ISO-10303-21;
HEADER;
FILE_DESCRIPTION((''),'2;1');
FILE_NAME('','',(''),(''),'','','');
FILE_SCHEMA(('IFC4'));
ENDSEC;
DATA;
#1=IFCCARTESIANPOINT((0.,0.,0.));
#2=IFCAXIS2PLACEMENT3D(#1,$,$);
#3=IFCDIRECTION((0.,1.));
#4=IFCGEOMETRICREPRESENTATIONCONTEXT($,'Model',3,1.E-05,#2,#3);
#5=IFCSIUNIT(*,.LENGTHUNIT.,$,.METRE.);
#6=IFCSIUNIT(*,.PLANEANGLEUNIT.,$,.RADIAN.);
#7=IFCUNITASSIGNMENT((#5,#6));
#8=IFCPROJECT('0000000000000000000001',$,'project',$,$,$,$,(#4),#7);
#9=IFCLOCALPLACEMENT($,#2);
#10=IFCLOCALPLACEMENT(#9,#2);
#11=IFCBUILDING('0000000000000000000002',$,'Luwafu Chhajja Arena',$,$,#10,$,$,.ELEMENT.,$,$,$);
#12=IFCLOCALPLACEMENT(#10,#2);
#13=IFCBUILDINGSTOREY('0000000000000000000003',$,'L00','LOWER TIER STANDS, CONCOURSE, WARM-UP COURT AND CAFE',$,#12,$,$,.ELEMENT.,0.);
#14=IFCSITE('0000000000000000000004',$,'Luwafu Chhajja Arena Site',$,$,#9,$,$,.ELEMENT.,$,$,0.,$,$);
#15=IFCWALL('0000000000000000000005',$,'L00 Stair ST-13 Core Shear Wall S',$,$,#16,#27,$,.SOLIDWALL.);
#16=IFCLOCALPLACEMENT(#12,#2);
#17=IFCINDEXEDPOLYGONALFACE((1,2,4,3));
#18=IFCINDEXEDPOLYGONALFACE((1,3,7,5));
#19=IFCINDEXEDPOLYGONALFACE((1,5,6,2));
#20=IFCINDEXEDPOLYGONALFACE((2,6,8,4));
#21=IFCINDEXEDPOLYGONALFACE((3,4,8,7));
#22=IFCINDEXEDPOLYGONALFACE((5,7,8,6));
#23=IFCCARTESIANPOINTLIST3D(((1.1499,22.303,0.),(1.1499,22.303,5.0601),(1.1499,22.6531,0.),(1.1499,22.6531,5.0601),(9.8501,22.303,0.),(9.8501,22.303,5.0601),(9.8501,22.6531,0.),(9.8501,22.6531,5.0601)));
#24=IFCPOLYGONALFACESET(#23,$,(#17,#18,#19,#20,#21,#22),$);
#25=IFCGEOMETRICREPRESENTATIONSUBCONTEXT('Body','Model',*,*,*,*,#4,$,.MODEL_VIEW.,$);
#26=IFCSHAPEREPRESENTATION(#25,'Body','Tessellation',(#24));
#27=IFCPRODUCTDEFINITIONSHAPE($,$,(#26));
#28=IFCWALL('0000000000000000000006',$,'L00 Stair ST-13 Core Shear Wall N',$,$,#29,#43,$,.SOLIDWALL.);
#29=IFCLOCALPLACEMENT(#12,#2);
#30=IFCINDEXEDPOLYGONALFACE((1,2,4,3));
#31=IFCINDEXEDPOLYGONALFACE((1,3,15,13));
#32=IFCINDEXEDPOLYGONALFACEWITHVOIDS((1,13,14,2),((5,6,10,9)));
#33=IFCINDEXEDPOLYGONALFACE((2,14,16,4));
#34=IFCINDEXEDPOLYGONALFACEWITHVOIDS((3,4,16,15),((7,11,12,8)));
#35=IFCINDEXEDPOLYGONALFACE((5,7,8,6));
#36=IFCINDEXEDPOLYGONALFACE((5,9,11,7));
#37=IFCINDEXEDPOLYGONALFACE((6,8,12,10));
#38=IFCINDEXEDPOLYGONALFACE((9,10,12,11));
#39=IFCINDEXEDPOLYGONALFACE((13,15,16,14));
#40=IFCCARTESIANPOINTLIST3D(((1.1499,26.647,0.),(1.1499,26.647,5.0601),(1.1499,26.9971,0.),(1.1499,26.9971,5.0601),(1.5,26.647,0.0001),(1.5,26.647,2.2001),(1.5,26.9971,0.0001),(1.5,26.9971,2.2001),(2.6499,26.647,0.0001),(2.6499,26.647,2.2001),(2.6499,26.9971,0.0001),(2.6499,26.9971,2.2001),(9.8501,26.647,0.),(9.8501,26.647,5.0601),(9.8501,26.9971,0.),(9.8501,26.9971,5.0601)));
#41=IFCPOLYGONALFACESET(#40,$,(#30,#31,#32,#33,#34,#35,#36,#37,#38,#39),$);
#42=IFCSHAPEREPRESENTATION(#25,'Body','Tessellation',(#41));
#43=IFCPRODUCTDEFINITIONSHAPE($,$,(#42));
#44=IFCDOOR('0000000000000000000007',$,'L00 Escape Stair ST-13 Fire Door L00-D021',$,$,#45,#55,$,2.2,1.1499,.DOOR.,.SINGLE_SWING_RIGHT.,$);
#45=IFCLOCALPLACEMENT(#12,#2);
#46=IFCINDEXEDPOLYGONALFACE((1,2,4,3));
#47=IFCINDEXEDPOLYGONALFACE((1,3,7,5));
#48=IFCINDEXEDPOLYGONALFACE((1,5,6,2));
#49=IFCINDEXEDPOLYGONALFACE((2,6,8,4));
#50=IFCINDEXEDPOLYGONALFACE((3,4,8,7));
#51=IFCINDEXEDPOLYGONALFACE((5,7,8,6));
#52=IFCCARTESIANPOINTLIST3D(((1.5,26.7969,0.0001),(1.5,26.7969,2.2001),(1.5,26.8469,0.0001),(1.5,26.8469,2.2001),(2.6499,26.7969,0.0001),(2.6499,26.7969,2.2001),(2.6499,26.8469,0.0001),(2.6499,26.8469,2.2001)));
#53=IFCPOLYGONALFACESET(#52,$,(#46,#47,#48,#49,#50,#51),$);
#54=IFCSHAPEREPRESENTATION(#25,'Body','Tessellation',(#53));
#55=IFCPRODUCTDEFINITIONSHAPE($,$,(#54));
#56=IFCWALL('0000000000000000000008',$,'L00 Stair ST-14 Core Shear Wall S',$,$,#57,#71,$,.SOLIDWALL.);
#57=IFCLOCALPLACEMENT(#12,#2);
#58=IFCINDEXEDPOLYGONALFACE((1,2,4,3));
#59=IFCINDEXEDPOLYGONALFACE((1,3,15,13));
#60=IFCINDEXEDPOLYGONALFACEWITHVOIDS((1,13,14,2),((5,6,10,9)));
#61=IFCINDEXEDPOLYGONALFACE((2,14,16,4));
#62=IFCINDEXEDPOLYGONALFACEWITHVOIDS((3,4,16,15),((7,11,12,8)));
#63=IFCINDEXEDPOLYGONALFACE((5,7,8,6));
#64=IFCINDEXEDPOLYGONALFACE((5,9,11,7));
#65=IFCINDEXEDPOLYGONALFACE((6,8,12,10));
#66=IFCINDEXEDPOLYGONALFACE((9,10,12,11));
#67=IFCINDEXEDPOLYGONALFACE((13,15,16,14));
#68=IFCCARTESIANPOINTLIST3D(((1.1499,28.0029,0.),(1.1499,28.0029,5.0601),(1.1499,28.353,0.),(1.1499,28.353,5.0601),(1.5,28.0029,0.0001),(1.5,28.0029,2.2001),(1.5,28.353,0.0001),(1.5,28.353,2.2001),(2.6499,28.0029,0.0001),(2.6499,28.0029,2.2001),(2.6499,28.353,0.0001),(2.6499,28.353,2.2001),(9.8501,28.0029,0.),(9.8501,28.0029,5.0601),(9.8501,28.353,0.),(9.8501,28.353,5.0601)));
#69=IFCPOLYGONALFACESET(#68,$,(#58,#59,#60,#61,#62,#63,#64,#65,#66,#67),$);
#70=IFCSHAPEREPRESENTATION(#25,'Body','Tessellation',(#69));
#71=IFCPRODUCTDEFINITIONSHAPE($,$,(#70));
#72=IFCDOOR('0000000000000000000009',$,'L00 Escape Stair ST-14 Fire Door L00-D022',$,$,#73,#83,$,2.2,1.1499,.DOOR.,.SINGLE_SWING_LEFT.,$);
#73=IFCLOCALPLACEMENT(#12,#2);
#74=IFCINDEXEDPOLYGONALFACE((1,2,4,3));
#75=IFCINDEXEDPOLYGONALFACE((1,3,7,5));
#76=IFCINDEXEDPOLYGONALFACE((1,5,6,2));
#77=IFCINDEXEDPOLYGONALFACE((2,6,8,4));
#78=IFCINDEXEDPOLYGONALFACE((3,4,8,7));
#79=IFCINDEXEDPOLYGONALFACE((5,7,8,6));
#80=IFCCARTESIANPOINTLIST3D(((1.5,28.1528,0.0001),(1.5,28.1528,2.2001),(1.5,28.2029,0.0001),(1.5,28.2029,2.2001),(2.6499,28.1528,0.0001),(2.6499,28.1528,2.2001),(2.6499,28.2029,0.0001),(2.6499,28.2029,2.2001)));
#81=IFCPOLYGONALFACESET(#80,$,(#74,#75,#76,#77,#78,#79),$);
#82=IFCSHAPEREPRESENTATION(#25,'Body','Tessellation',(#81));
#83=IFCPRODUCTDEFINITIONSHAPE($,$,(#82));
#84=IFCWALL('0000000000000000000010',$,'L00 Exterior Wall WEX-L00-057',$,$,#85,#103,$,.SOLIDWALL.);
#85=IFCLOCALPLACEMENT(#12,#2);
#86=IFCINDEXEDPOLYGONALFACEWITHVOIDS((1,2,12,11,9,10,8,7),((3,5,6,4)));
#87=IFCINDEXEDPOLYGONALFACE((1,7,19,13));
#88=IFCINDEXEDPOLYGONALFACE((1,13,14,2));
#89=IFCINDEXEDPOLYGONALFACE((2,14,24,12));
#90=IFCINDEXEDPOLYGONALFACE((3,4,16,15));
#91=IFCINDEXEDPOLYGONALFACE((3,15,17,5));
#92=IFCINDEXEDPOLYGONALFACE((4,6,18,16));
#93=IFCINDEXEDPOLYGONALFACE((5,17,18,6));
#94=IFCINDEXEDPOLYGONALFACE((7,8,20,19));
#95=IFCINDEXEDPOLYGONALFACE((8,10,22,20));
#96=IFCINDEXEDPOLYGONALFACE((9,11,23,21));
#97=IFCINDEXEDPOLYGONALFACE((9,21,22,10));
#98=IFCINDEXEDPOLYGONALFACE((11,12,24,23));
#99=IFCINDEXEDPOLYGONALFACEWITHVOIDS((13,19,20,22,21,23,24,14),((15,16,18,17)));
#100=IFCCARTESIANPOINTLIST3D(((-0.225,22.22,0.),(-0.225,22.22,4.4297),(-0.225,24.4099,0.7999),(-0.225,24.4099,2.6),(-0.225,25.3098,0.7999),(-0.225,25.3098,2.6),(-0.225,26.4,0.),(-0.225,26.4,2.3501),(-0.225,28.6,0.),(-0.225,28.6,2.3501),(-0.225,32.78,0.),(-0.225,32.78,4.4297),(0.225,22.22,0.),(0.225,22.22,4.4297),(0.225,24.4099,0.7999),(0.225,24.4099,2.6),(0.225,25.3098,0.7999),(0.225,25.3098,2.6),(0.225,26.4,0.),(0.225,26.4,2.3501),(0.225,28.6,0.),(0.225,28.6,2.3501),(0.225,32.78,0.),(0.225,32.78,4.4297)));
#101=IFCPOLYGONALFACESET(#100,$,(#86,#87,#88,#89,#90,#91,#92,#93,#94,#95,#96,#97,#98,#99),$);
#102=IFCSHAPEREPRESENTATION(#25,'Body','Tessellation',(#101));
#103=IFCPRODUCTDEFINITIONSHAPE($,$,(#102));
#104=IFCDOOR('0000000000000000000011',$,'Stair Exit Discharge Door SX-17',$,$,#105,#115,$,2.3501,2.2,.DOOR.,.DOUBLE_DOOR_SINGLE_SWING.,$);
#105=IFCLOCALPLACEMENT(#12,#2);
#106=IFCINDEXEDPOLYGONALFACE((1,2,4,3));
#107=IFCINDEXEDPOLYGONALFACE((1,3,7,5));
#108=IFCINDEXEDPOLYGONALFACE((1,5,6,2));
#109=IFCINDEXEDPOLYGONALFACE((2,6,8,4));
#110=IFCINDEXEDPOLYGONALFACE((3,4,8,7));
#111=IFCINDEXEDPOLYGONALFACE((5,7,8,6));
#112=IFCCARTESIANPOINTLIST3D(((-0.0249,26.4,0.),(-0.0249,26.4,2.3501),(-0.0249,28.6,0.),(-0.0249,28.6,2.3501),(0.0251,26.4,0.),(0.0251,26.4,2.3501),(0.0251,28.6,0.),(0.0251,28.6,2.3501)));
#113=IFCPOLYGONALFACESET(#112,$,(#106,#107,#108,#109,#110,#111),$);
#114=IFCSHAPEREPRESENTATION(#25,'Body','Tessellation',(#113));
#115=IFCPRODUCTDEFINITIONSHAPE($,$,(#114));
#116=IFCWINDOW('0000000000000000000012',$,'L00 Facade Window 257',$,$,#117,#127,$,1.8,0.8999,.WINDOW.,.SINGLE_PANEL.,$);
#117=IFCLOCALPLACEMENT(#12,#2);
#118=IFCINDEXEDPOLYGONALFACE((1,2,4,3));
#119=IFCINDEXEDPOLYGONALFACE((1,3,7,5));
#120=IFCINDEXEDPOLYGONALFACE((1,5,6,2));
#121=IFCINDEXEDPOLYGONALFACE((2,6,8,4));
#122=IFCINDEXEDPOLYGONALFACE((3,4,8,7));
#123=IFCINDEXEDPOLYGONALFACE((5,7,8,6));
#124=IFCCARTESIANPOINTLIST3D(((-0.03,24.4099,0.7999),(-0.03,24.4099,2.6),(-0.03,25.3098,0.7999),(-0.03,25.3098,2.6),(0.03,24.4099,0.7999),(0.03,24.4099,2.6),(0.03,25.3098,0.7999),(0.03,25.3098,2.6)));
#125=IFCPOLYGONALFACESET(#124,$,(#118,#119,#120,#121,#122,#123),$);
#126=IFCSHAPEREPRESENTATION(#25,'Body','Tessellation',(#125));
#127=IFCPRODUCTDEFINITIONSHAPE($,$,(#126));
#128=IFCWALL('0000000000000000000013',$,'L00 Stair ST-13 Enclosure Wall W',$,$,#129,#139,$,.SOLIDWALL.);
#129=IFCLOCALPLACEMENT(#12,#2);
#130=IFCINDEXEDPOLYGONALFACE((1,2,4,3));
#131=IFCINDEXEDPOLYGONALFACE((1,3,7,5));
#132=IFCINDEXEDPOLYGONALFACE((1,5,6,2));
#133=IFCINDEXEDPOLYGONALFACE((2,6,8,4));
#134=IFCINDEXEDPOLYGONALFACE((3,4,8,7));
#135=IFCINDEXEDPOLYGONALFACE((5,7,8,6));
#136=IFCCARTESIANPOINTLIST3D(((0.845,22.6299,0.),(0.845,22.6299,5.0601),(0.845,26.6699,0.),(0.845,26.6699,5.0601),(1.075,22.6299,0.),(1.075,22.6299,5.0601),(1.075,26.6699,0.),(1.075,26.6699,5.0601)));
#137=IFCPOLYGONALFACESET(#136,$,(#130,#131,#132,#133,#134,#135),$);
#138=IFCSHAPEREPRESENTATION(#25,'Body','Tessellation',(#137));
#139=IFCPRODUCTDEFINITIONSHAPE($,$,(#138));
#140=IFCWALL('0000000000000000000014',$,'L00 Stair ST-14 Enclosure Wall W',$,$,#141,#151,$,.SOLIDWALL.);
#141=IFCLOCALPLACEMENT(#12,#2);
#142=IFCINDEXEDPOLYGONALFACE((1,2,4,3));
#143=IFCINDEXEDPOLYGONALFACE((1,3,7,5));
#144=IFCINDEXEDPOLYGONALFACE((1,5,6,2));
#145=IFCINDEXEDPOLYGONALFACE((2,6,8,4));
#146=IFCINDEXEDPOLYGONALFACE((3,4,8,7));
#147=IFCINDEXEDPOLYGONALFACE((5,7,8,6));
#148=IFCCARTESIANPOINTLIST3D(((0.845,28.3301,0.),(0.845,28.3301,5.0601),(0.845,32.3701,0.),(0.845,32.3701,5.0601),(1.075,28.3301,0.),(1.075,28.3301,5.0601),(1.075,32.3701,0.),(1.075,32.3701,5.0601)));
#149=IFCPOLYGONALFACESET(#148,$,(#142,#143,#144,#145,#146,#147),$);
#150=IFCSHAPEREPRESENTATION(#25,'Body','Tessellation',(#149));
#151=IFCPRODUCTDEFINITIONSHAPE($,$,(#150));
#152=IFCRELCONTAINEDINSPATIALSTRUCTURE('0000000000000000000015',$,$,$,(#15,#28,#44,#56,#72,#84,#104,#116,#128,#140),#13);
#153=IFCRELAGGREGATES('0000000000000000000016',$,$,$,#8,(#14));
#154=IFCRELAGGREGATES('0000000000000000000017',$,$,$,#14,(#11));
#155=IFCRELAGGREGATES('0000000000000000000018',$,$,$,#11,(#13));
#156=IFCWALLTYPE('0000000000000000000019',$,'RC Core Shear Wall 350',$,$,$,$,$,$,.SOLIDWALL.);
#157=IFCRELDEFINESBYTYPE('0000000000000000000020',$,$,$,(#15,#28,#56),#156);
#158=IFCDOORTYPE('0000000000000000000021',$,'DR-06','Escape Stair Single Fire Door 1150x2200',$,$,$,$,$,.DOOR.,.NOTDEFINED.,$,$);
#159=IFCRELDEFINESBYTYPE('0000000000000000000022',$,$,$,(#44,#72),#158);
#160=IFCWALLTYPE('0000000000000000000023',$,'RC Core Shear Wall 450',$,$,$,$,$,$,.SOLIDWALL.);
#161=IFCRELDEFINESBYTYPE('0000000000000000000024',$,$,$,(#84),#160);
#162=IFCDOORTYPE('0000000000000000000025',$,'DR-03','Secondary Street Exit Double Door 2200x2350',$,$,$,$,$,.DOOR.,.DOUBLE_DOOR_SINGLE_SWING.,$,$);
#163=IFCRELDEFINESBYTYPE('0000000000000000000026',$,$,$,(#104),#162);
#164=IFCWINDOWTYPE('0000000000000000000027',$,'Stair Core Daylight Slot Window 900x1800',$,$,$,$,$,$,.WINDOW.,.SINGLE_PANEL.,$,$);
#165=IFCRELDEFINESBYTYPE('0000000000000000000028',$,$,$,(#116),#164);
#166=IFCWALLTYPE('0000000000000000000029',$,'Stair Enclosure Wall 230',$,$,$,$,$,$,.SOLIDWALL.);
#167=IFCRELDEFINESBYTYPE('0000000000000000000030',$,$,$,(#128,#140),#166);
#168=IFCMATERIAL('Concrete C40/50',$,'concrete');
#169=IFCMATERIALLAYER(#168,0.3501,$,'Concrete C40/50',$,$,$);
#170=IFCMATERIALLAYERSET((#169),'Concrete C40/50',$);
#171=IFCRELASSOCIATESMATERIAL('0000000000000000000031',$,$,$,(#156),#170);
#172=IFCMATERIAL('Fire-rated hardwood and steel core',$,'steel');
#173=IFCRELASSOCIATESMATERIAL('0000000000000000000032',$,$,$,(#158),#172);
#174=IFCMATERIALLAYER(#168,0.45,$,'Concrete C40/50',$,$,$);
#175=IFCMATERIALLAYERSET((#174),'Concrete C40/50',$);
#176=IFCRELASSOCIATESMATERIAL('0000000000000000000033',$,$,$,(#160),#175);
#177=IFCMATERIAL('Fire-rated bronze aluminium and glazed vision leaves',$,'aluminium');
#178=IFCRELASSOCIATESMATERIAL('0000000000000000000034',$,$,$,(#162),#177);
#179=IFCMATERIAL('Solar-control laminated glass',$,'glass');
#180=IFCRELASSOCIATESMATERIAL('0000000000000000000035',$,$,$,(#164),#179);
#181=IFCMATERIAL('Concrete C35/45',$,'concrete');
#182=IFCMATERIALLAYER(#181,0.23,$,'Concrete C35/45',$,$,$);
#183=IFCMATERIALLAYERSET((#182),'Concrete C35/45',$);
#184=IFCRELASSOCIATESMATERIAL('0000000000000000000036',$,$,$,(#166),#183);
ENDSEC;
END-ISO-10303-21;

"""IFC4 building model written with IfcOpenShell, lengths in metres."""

from ifc_helpers import new_model, si_unit, direction, frame, frame_2d, origin, place, context, subcontext, project, spatial, rectangle, extrude, material, layer, layer_set, type_object, element, fill, save


model = new_model("IFC4")

# Units and contexts
model_context = context("Model", 3, precision=1e-05, world=origin(), true_north=direction((0.0, 1.0)))
body_context = subcontext(model_context, "Body", "Model", "MODEL_VIEW")
ifc_project = project(units=[si_unit("LENGTHUNIT", "METRE"), si_unit("PLANEANGLEUNIT", "RADIAN")], contexts=[model_context])

# Site, building, storey
site_placement = place(None, origin())
site = spatial("IfcSite", under=ifc_project, at=site_placement, Name="Luwafu Chhajja Arena Site", CompositionType="ELEMENT", RefElevation=0.0)
building_placement = place(site_placement, origin())
building = spatial("IfcBuilding", under=site, at=building_placement, Name="Luwafu Chhajja Arena", CompositionType="ELEMENT")
storey_placement = place(building_placement, origin())
storey = spatial("IfcBuildingStorey", under=building, at=storey_placement, Name="L00", Description="LOWER TIER STANDS, CONCOURSE, WARM-UP COURT AND CAFE", CompositionType="ELEMENT", Elevation=0.0)

# Wall
ifc_material_1 = material(Name="Concrete C40/50", Category="concrete")
ifc_layer_1 = layer(ifc_material_1, 0.3501, Name="Concrete C40/50")
ifc_layer_set_1 = layer_set([ifc_layer_1], Name="Concrete C40/50")
wall_type_1 = type_object("IfcWallType", Name="RC Core Shear Wall 350", PredefinedType="SOLIDWALL", material=ifc_layer_set_1)
wall_1_placement = place(storey_placement, frame((1.1499, 22.478, 0.0), z_axis=(0.0, 0.0, 1.0), x_axis=(1.0, 0.0, 0.0)))
element("IfcWall", 1, at=wall_1_placement, inside=storey, type_object=wall_type_1, Name="L00 Stair ST-13 Core Shear Wall S", PredefinedType="SOLIDWALL", context=body_context, shape_type="SweptSolid", body=[
    extrude(rectangle(XDim=8.7002, YDim=0.3501, at=frame_2d((4.3501, 0.0))), origin(), (0.0, 0.0, 1.0), 5.0601),
])

# Walls, openings, doors
wall_2_placement = place(storey_placement, frame((1.1499, 26.822, 0.0), z_axis=(0.0, 0.0, 1.0), x_axis=(1.0, 0.0, 0.0)))
wall_2 = element("IfcWall", 2, at=wall_2_placement, inside=storey, type_object=wall_type_1, Name="L00 Stair ST-13 Core Shear Wall N", PredefinedType="SOLIDWALL", context=body_context, shape_type="SweptSolid", body=[
    extrude(rectangle(XDim=8.7002, YDim=0.3501, at=frame_2d((4.3501, 0.0))), origin(), (0.0, 0.0, 1.0), 5.0601),
])
opening_1_placement = place(wall_2_placement, frame((0.3501, 0.0, 0.0)))
opening_1 = element("IfcOpeningElement", 3, at=opening_1_placement, cuts=wall_2, PredefinedType="OPENING", context=body_context, shape_type="SweptSolid", body=[
    extrude(rectangle(XDim=1.1499, YDim=2.2, at=frame_2d((0.575, 1.1001))), frame((0.0, 0.1851, 0.0), z_axis=(0.0, -1.0, 0.0), x_axis=(1.0, 0.0, 0.0)), (0.0, 0.0, 1.0), 0.3701),
])
ifc_material_2 = material(Name="Fire-rated hardwood and steel core", Category="steel")
door_type_1 = type_object("IfcDoorType", Name="DR-06", Description="Escape Stair Single Fire Door 1150x2200", OperationType="NOTDEFINED", PredefinedType="DOOR", material=ifc_material_2)
door_1_placement = place(opening_1_placement, origin())
door_1 = element("IfcDoor", 4, at=door_1_placement, inside=storey, type_object=door_type_1, Name="L00 Escape Stair ST-13 Fire Door L00-D021", OperationType="SINGLE_SWING_RIGHT", OverallHeight=2.2, OverallWidth=1.1499, PredefinedType="DOOR", context=body_context, shape_type="SweptSolid", body=[
    extrude(rectangle(XDim=1.1499, YDim=2.2, at=frame_2d((0.575, 1.1001))), frame((0.0, 0.0249, 0.0), z_axis=(0.0, -1.0, 0.0), x_axis=(1.0, 0.0, 0.0)), (0.0, 0.0, 1.0), 0.05),
])
fill(opening_1, door_1)
wall_3_placement = place(storey_placement, frame((1.1499, 28.178, 0.0), z_axis=(0.0, 0.0, 1.0), x_axis=(1.0, 0.0, 0.0)))
wall_3 = element("IfcWall", 5, at=wall_3_placement, inside=storey, type_object=wall_type_1, Name="L00 Stair ST-14 Core Shear Wall S", PredefinedType="SOLIDWALL", context=body_context, shape_type="SweptSolid", body=[
    extrude(rectangle(XDim=8.7002, YDim=0.3501, at=frame_2d((4.3501, 0.0))), origin(), (0.0, 0.0, 1.0), 5.0601),
])
opening_2_placement = place(wall_3_placement, frame((0.3501, 0.0, 0.0)))
opening_2 = element("IfcOpeningElement", 6, at=opening_2_placement, cuts=wall_3, PredefinedType="OPENING", context=body_context, shape_type="SweptSolid", body=[
    extrude(rectangle(XDim=1.1499, YDim=2.2, at=frame_2d((0.575, 1.1001))), frame((0.0, 0.1851, 0.0), z_axis=(0.0, -1.0, 0.0), x_axis=(1.0, 0.0, 0.0)), (0.0, 0.0, 1.0), 0.3701),
])
door_2_placement = place(opening_2_placement, origin())
door_2 = element("IfcDoor", 7, at=door_2_placement, inside=storey, type_object=door_type_1, Name="L00 Escape Stair ST-14 Fire Door L00-D022", OperationType="SINGLE_SWING_LEFT", OverallHeight=2.2, OverallWidth=1.1499, PredefinedType="DOOR", context=body_context, shape_type="SweptSolid", body=[
    extrude(rectangle(XDim=1.1499, YDim=2.2, at=frame_2d((0.575, 1.1001))), frame((0.0, 0.0249, 0.0), z_axis=(0.0, -1.0, 0.0), x_axis=(1.0, 0.0, 0.0)), (0.0, 0.0, 1.0), 0.05),
])
fill(opening_2, door_2)

# Wall, openings, door, window
ifc_layer_2 = layer(ifc_material_1, 0.45, Name="Concrete C40/50")
ifc_layer_set_2 = layer_set([ifc_layer_2], Name="Concrete C40/50")
wall_type_2 = type_object("IfcWallType", Name="RC Core Shear Wall 450", PredefinedType="SOLIDWALL", material=ifc_layer_set_2)
wall_4_placement = place(storey_placement, frame((0.0, 22.22, 0.0), z_axis=(0.0, 0.0, 1.0), x_axis=(0.0, 1.0, 0.0)))
wall_4 = element("IfcWall", 8, at=wall_4_placement, inside=storey, type_object=wall_type_2, Name="L00 Exterior Wall WEX-L00-057", PredefinedType="SOLIDWALL", context=body_context, shape_type="SweptSolid", body=[
    extrude(rectangle(XDim=10.5601, YDim=0.45, at=frame_2d((5.28, 0.0))), origin(), (0.0, 0.0, 1.0), 4.4297),
])
opening_3_placement = place(wall_4_placement, frame((4.1799, 0.0, 0.0)))
opening_3 = element("IfcOpeningElement", 9, at=opening_3_placement, cuts=wall_4, PredefinedType="OPENING", context=body_context, shape_type="SweptSolid", body=[
    extrude(rectangle(XDim=2.2, YDim=2.3501, at=frame_2d((1.1001, 1.175))), frame((0.0, 0.2349, 0.0), z_axis=(0.0, -1.0, 0.0), x_axis=(1.0, 0.0, 0.0)), (0.0, 0.0, 1.0), 0.47),
])
opening_4_placement = place(wall_4_placement, frame((2.1899, 0.0, 0.8)))
opening_4 = element("IfcOpeningElement", 10, at=opening_4_placement, cuts=wall_4, PredefinedType="OPENING", context=body_context, shape_type="SweptSolid", body=[
    extrude(rectangle(XDim=0.8999, YDim=1.8, at=frame_2d((0.45, 0.8999))), frame((0.0, 0.2349, 0.0), z_axis=(0.0, -1.0, 0.0), x_axis=(1.0, 0.0, 0.0)), (0.0, 0.0, 1.0), 0.47),
])
ifc_material_3 = material(Name="Fire-rated bronze aluminium and glazed vision leaves", Category="aluminium")
door_type_2 = type_object("IfcDoorType", Name="DR-03", Description="Secondary Street Exit Double Door 2200x2350", OperationType="DOUBLE_DOOR_SINGLE_SWING", PredefinedType="DOOR", material=ifc_material_3)
door_3_placement = place(opening_3_placement, origin())
door_3 = element("IfcDoor", 11, at=door_3_placement, inside=storey, type_object=door_type_2, Name="Stair Exit Discharge Door SX-17", OperationType="DOUBLE_DOOR_SINGLE_SWING", OverallHeight=2.3501, OverallWidth=2.2, PredefinedType="DOOR", context=body_context, shape_type="SweptSolid", body=[
    extrude(rectangle(XDim=2.2, YDim=2.3501, at=frame_2d((1.1001, 1.175))), frame((0.0, 0.0249, 0.0), z_axis=(0.0, -1.0, 0.0), x_axis=(1.0, 0.0, 0.0)), (0.0, 0.0, 1.0), 0.05),
])
fill(opening_3, door_3)
ifc_material_4 = material(Name="Solar-control laminated glass", Category="glass")
window_type = type_object("IfcWindowType", Name="Stair Core Daylight Slot Window 900x1800", PartitioningType="SINGLE_PANEL", PredefinedType="WINDOW", material=ifc_material_4)
window_placement = place(opening_4_placement, origin())
window = element("IfcWindow", 12, at=window_placement, inside=storey, type_object=window_type, Name="L00 Facade Window 257", OverallHeight=1.8, OverallWidth=0.8999, PartitioningType="SINGLE_PANEL", PredefinedType="WINDOW", context=body_context, shape_type="SweptSolid", body=[
    extrude(rectangle(XDim=0.8999, YDim=1.8, at=frame_2d((0.45, 0.8999))), frame((0.0, 0.03, 0.0), z_axis=(0.0, -1.0, 0.0), x_axis=(1.0, 0.0, 0.0)), (0.0, 0.0, 1.0), 0.0601),
])
fill(opening_4, window)

# Walls
ifc_material_5 = material(Name="Concrete C35/45", Category="concrete")
ifc_layer_3 = layer(ifc_material_5, 0.23, Name="Concrete C35/45")
ifc_layer_set_3 = layer_set([ifc_layer_3], Name="Concrete C35/45")
wall_type_3 = type_object("IfcWallType", Name="Stair Enclosure Wall 230", PredefinedType="SOLIDWALL", material=ifc_layer_set_3)
for number, where, z_axis, x_axis, name in (
    (13, (0.96, 22.6299, 0.0), (0.0, 0.0, 1.0), (0.0, 1.0, 0.0), "L00 Stair ST-13 Enclosure Wall W"),
    (14, (0.96, 28.3301, 0.0), (0.0, 0.0, 1.0), (0.0, 1.0, 0.0), "L00 Stair ST-14 Enclosure Wall W"),
):
    element("IfcWall", number, at=place(storey_placement, frame(where, z_axis=z_axis, x_axis=x_axis)), inside=storey, type_object=wall_type_3, Name=name, PredefinedType="SOLIDWALL", context=body_context, shape_type="SweptSolid", body=[
        extrude(rectangle(XDim=4.04, YDim=0.23, at=frame_2d((2.02, 0.0))), origin(), (0.0, 0.0, 1.0), 5.0601),
    ])

save(model, "model.ifc")
